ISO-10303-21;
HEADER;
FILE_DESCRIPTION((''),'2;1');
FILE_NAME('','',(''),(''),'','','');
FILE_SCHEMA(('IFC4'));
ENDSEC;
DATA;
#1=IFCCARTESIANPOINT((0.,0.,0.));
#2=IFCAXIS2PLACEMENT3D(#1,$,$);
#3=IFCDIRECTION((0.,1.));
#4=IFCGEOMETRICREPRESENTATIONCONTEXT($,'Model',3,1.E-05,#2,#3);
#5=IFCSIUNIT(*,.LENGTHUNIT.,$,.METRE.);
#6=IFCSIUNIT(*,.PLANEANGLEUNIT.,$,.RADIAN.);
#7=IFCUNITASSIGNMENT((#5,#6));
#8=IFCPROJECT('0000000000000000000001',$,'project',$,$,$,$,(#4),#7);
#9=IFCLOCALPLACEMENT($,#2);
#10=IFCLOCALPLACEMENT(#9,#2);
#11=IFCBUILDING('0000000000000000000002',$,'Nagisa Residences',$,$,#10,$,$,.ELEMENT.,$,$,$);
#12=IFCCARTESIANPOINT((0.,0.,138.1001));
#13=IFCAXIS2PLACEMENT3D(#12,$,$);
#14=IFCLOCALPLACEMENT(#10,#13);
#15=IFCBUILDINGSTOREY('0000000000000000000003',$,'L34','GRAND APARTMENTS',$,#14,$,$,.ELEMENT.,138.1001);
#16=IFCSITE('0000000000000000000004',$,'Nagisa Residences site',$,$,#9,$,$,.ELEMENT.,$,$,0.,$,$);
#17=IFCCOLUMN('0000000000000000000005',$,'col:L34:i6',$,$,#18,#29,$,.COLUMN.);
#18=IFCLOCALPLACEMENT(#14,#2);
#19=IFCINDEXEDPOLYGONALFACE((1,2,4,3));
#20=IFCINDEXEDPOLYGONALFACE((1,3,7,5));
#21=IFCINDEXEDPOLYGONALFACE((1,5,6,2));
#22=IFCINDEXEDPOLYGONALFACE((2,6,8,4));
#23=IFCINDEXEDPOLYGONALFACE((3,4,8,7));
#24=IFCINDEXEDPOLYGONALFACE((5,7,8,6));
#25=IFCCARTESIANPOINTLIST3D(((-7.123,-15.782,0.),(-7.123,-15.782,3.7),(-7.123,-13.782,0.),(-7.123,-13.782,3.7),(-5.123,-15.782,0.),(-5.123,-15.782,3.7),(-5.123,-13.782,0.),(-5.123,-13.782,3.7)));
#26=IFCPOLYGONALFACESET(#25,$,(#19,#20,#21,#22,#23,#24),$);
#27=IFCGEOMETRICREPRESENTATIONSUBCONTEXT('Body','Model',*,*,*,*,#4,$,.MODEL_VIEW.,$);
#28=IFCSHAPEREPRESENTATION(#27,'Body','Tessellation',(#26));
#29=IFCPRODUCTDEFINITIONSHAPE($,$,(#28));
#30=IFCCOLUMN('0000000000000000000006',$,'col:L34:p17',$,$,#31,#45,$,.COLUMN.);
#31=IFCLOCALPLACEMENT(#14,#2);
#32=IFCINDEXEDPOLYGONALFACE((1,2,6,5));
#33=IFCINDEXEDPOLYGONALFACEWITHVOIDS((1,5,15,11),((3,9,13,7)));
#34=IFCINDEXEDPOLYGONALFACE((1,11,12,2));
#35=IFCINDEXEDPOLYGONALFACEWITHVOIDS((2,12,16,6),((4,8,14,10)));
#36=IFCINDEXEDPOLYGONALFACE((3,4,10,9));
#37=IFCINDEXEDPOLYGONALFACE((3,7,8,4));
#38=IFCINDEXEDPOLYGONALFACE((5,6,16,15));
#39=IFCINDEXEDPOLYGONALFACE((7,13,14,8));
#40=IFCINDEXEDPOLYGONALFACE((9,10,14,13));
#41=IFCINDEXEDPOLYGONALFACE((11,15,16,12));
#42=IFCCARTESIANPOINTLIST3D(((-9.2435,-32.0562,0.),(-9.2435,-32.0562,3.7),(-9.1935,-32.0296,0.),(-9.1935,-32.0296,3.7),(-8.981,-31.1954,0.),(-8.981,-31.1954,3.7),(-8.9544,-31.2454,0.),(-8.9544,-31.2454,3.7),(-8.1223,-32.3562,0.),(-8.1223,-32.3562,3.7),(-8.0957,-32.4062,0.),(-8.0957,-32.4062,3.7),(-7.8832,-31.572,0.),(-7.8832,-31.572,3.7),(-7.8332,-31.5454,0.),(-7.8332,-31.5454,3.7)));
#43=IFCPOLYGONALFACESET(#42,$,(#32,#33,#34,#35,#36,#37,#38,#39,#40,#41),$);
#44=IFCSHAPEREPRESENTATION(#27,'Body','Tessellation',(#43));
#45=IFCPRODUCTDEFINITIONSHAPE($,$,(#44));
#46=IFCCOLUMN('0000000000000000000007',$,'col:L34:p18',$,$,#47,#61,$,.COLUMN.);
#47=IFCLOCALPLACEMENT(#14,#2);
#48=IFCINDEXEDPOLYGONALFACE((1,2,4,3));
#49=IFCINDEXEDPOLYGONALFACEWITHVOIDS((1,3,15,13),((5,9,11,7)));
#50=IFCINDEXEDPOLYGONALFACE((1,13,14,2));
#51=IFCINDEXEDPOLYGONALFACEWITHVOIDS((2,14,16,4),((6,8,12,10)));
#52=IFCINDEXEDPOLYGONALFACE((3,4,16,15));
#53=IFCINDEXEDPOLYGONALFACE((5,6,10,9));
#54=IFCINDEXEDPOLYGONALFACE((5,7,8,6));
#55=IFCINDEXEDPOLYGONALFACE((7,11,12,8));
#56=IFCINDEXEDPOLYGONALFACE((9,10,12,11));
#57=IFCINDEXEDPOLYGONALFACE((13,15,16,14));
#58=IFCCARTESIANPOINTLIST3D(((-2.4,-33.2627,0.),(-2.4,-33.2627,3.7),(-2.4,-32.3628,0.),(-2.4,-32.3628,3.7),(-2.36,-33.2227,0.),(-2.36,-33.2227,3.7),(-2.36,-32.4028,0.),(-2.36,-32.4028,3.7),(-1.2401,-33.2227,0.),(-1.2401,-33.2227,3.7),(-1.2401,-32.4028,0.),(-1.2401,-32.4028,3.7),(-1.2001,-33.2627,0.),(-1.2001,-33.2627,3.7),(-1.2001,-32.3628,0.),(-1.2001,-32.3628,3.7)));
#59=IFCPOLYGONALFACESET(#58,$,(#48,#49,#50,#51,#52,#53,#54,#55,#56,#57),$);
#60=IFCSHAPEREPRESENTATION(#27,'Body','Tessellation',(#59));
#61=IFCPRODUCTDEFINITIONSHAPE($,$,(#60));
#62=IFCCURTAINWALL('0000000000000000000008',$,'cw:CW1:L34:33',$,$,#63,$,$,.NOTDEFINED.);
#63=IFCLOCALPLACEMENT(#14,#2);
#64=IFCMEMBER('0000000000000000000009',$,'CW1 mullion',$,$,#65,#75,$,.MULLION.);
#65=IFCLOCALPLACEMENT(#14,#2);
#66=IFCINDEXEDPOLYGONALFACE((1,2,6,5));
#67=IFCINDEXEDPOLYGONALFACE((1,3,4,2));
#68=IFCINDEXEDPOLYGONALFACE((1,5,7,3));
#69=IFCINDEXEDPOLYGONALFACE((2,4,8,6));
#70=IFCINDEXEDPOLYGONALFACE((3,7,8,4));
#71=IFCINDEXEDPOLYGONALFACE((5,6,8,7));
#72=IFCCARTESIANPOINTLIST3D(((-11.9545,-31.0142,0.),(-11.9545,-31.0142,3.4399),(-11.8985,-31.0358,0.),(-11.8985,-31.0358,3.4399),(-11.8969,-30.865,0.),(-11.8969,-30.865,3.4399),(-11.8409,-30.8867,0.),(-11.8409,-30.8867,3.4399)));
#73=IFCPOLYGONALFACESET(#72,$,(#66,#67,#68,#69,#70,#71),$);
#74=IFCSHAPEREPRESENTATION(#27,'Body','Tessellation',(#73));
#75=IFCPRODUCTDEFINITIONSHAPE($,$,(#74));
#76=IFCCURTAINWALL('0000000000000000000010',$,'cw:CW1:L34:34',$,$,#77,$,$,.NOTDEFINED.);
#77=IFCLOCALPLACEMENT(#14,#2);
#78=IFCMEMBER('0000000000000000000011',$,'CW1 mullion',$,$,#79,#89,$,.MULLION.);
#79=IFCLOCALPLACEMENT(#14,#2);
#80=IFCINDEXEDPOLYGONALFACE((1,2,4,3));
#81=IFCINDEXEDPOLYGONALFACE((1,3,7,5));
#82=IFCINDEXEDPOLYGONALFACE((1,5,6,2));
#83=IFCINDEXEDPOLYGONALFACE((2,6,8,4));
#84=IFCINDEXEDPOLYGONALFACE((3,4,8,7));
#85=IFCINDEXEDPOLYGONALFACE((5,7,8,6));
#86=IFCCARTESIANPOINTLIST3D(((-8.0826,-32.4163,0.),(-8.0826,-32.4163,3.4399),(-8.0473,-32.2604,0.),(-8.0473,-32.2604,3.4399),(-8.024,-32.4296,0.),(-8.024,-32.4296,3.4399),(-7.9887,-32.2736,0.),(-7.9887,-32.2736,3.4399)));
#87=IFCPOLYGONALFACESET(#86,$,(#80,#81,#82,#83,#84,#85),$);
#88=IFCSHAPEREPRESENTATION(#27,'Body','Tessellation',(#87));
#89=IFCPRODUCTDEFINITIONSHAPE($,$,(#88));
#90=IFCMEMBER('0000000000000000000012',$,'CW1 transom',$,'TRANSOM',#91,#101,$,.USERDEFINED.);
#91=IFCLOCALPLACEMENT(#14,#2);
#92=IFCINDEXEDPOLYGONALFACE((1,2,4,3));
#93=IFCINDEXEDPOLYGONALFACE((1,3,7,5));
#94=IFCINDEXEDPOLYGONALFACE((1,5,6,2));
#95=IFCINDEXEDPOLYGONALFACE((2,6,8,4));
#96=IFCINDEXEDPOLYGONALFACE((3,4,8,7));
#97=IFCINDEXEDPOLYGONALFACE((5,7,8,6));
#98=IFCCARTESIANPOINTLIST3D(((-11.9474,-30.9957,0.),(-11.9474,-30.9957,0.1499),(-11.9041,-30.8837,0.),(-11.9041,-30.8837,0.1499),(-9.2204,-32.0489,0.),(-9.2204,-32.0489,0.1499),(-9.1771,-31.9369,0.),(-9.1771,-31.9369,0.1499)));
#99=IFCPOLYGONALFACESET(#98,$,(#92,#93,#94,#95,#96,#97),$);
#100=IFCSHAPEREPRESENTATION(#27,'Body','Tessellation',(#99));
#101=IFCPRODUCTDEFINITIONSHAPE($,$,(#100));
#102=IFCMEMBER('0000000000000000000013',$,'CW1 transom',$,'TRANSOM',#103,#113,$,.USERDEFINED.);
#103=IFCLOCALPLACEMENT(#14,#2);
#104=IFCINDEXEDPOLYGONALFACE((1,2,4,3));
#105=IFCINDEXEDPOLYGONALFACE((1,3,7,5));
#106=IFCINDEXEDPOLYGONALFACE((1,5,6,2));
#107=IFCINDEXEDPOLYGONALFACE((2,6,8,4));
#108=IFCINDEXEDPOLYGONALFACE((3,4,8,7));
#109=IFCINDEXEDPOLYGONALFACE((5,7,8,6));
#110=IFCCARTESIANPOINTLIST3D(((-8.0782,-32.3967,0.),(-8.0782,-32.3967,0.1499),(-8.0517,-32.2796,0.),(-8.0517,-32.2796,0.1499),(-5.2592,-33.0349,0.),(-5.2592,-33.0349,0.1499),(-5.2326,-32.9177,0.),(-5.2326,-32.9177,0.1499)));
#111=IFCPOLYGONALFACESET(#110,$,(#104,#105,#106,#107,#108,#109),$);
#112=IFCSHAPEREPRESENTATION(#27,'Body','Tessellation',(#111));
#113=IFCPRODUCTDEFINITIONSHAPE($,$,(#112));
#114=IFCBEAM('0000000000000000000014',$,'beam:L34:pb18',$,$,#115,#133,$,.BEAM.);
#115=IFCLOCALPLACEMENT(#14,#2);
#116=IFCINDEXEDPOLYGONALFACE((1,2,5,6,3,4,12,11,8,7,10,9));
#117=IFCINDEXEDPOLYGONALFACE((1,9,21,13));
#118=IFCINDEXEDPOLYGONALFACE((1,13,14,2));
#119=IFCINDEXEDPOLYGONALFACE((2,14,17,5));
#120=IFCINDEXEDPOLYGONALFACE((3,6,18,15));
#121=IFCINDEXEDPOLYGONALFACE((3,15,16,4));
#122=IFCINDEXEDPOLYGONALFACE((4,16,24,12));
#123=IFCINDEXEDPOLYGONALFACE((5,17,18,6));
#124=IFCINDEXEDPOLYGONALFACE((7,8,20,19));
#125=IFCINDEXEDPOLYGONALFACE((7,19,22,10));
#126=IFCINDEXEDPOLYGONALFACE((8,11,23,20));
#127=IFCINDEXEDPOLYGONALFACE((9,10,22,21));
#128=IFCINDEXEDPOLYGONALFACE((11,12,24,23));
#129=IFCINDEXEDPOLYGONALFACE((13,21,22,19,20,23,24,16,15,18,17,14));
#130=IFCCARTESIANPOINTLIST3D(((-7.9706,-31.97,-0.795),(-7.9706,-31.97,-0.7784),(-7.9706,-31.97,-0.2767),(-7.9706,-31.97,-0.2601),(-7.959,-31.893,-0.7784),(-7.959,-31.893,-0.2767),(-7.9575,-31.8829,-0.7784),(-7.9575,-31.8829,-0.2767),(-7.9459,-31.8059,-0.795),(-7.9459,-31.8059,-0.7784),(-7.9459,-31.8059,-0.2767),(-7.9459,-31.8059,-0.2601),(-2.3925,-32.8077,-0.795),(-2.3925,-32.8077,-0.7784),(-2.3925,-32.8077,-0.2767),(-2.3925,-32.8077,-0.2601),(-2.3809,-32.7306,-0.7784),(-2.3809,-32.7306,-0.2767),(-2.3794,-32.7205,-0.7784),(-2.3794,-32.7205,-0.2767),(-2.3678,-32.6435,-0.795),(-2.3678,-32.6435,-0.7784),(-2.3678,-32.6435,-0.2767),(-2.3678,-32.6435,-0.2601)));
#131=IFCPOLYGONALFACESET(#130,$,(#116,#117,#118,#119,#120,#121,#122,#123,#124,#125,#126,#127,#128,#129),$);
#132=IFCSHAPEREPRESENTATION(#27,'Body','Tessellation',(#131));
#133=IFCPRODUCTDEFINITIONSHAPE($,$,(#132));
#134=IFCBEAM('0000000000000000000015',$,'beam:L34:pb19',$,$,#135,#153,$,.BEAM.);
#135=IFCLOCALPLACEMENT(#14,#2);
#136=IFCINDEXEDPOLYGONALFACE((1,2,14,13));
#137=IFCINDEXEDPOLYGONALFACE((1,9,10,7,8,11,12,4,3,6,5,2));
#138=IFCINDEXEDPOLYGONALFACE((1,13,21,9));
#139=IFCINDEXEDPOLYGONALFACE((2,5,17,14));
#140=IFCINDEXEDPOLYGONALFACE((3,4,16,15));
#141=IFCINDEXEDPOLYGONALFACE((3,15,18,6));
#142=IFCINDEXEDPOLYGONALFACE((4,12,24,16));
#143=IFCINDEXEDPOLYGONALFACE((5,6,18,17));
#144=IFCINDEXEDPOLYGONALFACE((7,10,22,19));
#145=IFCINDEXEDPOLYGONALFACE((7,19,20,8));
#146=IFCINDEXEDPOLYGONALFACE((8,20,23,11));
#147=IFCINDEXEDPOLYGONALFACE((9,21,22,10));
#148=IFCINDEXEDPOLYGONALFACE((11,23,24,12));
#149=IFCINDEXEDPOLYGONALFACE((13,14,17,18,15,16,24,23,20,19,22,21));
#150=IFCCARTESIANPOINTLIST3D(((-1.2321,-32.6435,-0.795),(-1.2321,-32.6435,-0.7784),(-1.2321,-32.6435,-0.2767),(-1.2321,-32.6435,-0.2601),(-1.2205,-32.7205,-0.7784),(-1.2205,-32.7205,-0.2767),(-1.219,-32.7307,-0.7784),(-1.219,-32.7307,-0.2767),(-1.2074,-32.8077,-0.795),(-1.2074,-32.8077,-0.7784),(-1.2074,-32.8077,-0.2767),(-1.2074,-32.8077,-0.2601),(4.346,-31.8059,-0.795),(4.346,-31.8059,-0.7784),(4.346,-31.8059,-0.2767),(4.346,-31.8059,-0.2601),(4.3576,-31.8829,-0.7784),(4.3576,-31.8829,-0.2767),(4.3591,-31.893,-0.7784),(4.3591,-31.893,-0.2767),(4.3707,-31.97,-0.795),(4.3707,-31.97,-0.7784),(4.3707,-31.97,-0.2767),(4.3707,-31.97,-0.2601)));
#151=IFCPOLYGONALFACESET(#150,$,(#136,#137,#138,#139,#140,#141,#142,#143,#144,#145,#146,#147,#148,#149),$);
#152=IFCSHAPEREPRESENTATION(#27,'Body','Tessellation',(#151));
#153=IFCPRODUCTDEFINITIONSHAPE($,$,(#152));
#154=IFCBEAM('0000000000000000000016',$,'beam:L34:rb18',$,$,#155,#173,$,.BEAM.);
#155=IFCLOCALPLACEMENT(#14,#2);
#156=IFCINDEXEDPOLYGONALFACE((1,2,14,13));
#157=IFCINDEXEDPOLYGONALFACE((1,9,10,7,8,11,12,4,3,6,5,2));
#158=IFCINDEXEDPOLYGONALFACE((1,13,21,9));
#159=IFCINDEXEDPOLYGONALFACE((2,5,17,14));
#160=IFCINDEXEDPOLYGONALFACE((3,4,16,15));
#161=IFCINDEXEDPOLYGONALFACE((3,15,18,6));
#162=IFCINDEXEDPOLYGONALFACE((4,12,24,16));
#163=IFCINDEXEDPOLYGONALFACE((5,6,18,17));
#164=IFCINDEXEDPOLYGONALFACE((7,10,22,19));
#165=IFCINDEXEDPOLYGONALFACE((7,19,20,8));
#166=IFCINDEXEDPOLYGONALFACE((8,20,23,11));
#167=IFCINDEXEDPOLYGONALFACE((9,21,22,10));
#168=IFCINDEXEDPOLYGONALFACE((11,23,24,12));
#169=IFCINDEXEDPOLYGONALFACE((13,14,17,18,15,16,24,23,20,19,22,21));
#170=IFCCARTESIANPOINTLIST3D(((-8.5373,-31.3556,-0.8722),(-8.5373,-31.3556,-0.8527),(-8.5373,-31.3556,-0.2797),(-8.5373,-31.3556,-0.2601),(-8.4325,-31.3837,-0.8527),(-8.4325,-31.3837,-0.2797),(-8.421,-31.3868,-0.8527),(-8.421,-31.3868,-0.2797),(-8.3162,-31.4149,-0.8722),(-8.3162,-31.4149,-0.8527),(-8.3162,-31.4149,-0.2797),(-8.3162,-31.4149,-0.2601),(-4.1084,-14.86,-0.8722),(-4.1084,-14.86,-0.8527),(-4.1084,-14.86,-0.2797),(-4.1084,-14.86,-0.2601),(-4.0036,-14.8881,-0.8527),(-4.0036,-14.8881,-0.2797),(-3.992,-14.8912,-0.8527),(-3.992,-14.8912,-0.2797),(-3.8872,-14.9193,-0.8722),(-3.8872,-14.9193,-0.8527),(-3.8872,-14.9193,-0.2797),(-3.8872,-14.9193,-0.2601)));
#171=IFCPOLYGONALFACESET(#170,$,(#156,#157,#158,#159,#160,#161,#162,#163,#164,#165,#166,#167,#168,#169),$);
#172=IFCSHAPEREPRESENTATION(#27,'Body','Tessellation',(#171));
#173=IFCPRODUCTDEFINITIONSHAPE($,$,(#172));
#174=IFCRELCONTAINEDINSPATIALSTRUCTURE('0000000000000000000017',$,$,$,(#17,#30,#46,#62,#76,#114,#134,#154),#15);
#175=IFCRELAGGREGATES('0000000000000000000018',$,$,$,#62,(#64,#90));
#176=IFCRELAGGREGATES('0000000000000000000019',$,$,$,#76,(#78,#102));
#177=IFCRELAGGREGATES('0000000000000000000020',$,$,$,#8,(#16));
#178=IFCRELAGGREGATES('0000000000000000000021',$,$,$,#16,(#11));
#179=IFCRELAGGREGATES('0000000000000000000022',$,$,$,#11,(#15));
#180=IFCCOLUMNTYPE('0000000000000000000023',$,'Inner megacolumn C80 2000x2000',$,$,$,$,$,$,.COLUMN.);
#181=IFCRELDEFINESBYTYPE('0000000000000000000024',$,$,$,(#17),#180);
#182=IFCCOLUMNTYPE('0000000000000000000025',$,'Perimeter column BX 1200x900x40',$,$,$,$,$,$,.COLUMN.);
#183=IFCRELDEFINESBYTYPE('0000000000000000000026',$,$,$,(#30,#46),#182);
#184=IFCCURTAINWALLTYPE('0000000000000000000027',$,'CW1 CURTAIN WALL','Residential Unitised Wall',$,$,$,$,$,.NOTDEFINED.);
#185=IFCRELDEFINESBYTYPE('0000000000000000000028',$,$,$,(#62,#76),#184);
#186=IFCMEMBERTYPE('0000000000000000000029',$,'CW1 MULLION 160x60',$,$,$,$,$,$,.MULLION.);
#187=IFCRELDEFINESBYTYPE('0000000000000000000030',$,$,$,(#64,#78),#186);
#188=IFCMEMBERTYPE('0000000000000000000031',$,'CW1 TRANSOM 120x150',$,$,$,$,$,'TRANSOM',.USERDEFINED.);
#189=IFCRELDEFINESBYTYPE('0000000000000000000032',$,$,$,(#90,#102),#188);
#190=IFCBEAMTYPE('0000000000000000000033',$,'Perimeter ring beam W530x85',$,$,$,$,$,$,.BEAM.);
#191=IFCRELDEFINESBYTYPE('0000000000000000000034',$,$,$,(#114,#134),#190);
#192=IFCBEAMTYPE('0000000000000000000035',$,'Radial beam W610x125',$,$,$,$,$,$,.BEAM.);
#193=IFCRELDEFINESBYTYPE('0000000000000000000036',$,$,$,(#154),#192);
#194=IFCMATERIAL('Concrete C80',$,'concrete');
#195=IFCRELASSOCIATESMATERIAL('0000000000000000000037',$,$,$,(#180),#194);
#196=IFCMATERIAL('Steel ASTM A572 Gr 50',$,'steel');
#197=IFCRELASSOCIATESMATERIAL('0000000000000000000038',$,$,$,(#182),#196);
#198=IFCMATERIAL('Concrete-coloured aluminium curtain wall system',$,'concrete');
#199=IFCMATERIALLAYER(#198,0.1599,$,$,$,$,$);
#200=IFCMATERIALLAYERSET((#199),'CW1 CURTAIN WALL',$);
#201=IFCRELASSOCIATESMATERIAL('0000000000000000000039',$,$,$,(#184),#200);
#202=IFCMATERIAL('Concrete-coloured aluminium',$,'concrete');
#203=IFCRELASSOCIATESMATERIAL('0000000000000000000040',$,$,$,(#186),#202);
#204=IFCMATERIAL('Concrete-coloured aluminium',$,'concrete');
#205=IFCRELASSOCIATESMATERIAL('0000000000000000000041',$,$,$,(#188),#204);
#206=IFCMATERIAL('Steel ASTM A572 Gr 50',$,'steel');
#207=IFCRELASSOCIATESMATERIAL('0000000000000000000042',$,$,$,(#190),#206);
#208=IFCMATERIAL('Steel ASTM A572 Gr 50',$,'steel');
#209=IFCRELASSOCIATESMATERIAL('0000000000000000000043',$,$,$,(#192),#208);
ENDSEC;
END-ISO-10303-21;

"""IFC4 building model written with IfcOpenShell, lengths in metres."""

from ifc_helpers import new_model, si_unit, direction, frame, origin, origin_2d, place, context, subcontext, project, spatial, rectangle, hollow_rectangle, i_section, extrude, material, layer, layer_set, material_profile, profile_set, type_object, element, aggregate, save


model = new_model("IFC4")

# Units and contexts
model_context = context("Model", 3, precision=1e-05, world=origin(), true_north=direction((0.0, 1.0)))
body_context = subcontext(model_context, "Body", "Model", "MODEL_VIEW")
ifc_project = project(units=[si_unit("LENGTHUNIT", "METRE"), si_unit("PLANEANGLEUNIT", "RADIAN")], contexts=[model_context])

# Site, building, storey
site_placement = place(None, origin())
site = spatial("IfcSite", under=ifc_project, at=site_placement, Name="Nagisa Residences site", CompositionType="ELEMENT", RefElevation=0.0)
building_placement = place(site_placement, origin())
building = spatial("IfcBuilding", under=site, at=building_placement, Name="Nagisa Residences", CompositionType="ELEMENT")
storey_placement = place(building_placement, frame((0.0, 0.0, 138.1001)))
storey = spatial("IfcBuildingStorey", under=building, at=storey_placement, Name="L34", Description="GRAND APARTMENTS", CompositionType="ELEMENT", Elevation=138.1001)

# Columns
ifc_material_1 = material(Name="Concrete C80", Category="concrete")
ifc_material_profile_1 = material_profile(ifc_material_1, rectangle(XDim=2.0, YDim=2.0, at=origin_2d()), Name="C80 2000x2000")
ifc_profile_set_1 = profile_set([ifc_material_profile_1], Name="Concrete C80")
column_type_1 = type_object("IfcColumnType", Name="Inner megacolumn C80 2000x2000", PredefinedType="COLUMN", material=ifc_profile_set_1)
column_placement = place(storey_placement, frame((-6.123, -14.782, 0.0), z_axis=(0.0, 0.0, 1.0), x_axis=(1.0, 0.0, 0.0)))
element("IfcColumn", 1, at=column_placement, inside=storey, type_object=column_type_1, Name="col:L34:i6", PredefinedType="COLUMN", context=body_context, shape_type="SweptSolid", body=[
    extrude(rectangle(XDim=2.0, YDim=2.0, at=origin_2d()), origin(), (0.0, 0.0, 1.0), 3.7),
])
ifc_material_2 = material(Name="Steel ASTM A572 Gr 50", Category="steel")
ifc_material_profile_2 = material_profile(ifc_material_2, hollow_rectangle(XDim=1.2, YDim=0.8999, WallThickness=0.04, at=origin_2d()), Name="BX 1200x900x40")
ifc_profile_set_2 = profile_set([ifc_material_profile_2], Name="Steel ASTM A572 Gr 50")
column_type_2 = type_object("IfcColumnType", Name="Perimeter column BX 1200x900x40", PredefinedType="COLUMN", material=ifc_profile_set_2)
for number, where, z_axis, x_axis, name in (
    (2, (-8.5383, -31.8008, 0.0), (0.0, 0.0, 1.0), (0.956525, -0.291652, 0.0), "col:L34:p17"),
    (3, (-1.8, -32.8127, 0.0), (0.0, 0.0, 1.0), (1.0, 0.0, 0.0), "col:L34:p18"),
):
    element("IfcColumn", number, at=place(storey_placement, frame(where, z_axis=z_axis, x_axis=x_axis)), inside=storey, type_object=column_type_2, Name=name, PredefinedType="COLUMN", context=body_context, shape_type="SweptSolid", body=[
        extrude(hollow_rectangle(XDim=1.2, YDim=0.8999, WallThickness=0.04, at=origin_2d()), origin(), (0.0, 0.0, 1.0), 3.7),
    ])

# Curtain walls, members
ifc_material_3 = material(Name="Concrete-coloured aluminium curtain wall system", Category="concrete")
ifc_layer_1 = layer(ifc_material_3, 0.1599)
ifc_layer_set_1 = layer_set([ifc_layer_1], Name="CW1 CURTAIN WALL")
curtain_wall_type = type_object("IfcCurtainWallType", Name="CW1 CURTAIN WALL", Description="Residential Unitised Wall", PredefinedType="NOTDEFINED", material=ifc_layer_set_1)
curtain_wall_1_placement = place(storey_placement, origin())
curtain_wall_1 = element("IfcCurtainWall", 4, at=curtain_wall_1_placement, inside=storey, type_object=curtain_wall_type, Name="cw:CW1:L34:33", PredefinedType="NOTDEFINED")
ifc_material_4 = material(Name="Concrete-coloured aluminium", Category="concrete")
ifc_material_profile_3 = material_profile(ifc_material_4, rectangle(XDim=0.1599, YDim=0.0601, at=origin_2d()), Name="CW1 MULLION 160x60")
ifc_profile_set_3 = profile_set([ifc_material_profile_3], Name="Concrete-coloured aluminium")
member_type_1 = type_object("IfcMemberType", Name="CW1 MULLION 160x60", PredefinedType="MULLION", material=ifc_profile_set_3)
member_1_placement = place(storey_placement, frame((-11.8977, -30.9504, 0.0), z_axis=(0.0, 0.0, 1.0), x_axis=(0.360328, 0.932826, 0.0)))
member_1 = element("IfcMember", 5, at=member_1_placement, type_object=member_type_1, Name="CW1 mullion", PredefinedType="MULLION", context=body_context, shape_type="SweptSolid", body=[
    extrude(rectangle(XDim=0.1599, YDim=0.0601, at=origin_2d()), origin(), (0.0, 0.0, 1.0), 3.4399),
])
curtain_wall_2_placement = place(storey_placement, origin())
curtain_wall_2 = element("IfcCurtainWall", 6, at=curtain_wall_2_placement, inside=storey, type_object=curtain_wall_type, Name="cw:CW1:L34:34", PredefinedType="NOTDEFINED")
member_2_placement = place(storey_placement, frame((-8.0356, -32.345, 0.0), z_axis=(0.0, 0.0, 1.0), x_axis=(0.220764, 0.975327, 0.0)))
member_2 = element("IfcMember", 7, at=member_2_placement, type_object=member_type_1, Name="CW1 mullion", PredefinedType="MULLION", context=body_context, shape_type="SweptSolid", body=[
    extrude(rectangle(XDim=0.1599, YDim=0.0601, at=origin_2d()), origin(), (0.0, 0.0, 1.0), 3.4399),
])

# Members
ifc_material_5 = material(Name="Concrete-coloured aluminium", Category="concrete")
ifc_material_profile_4 = material_profile(ifc_material_5, rectangle(XDim=0.1201, YDim=0.1499, at=origin_2d()), Name="CW1 TRANSOM 120x150")
ifc_profile_set_4 = profile_set([ifc_material_profile_4], Name="Concrete-coloured aluminium")
member_type_2 = type_object("IfcMemberType", Name="CW1 TRANSOM 120x150", ElementType="TRANSOM", PredefinedType="USERDEFINED", material=ifc_profile_set_4)
member_3_placement = place(storey_placement, frame((-11.9258, -30.9397, 0.075), z_axis=(0.932845, -0.360277, 0.0), x_axis=(0.360277, 0.932845, 0.0)))
member_3 = element("IfcMember", 8, at=member_3_placement, type_object=member_type_2, Name="CW1 transom", ObjectType="TRANSOM", PredefinedType="USERDEFINED", context=body_context, shape_type="SweptSolid", body=[
    extrude(rectangle(XDim=0.1201, YDim=0.1499, at=origin_2d()), origin(), (0.0, 0.0, 1.0), 2.9233),
])
member_4_placement = place(storey_placement, frame((-8.0649, -32.3381, 0.075), z_axis=(0.975321, -0.220792, 0.0), x_axis=(0.220792, 0.975321, 0.0)))
member_4 = element("IfcMember", 9, at=member_4_placement, type_object=member_type_2, Name="CW1 transom", ObjectType="TRANSOM", PredefinedType="USERDEFINED", context=body_context, shape_type="SweptSolid", body=[
    extrude(rectangle(XDim=0.1201, YDim=0.1499, at=origin_2d()), origin(), (0.0, 0.0, 1.0), 2.8904),
])

# Beams
ifc_material_6 = material(Name="Steel ASTM A572 Gr 50", Category="steel")
ifc_material_profile_5 = material_profile(ifc_material_6, i_section(OverallWidth=0.166, OverallDepth=0.5349, WebThickness=0.0103, FlangeThickness=0.0166, at=origin_2d()), Name="W530x85")
ifc_profile_set_5 = profile_set([ifc_material_profile_5], Name="Steel ASTM A572 Gr 50")
beam_type_1 = type_object("IfcBeamType", Name="Perimeter ring beam W530x85", PredefinedType="BEAM", material=ifc_profile_set_5)
for number, where, z_axis, x_axis, name in (
    (10, (-7.9583, -31.8879, -0.5276), (0.988912, -0.148501, 0.0), (0.148501, 0.988912, 0.0), "beam:L34:pb18"),
    (11, (-1.2197, -32.7256, -0.5276), (0.988912, 0.148501, 0.0), (-0.148501, 0.988912, 0.0), "beam:L34:pb19"),
):
    element("IfcBeam", number, at=place(storey_placement, frame(where, z_axis=z_axis, x_axis=x_axis)), inside=storey, type_object=beam_type_1, Name=name, PredefinedType="BEAM", context=body_context, shape_type="SweptSolid", body=[
        extrude(i_section(OverallWidth=0.166, OverallDepth=0.5349, WebThickness=0.0103, FlangeThickness=0.0166, at=origin_2d()), origin(), (0.0, 0.0, 1.0), 5.6406),
    ])
ifc_material_7 = material(Name="Steel ASTM A572 Gr 50", Category="steel")
ifc_material_profile_6 = material_profile(ifc_material_7, i_section(OverallWidth=0.229, OverallDepth=0.6121, WebThickness=0.012, FlangeThickness=0.0195, at=origin_2d()), Name="W610x125")
ifc_profile_set_6 = profile_set([ifc_material_profile_6], Name="Steel ASTM A572 Gr 50")
beam_type_2 = type_object("IfcBeamType", Name="Radial beam W610x125", PredefinedType="BEAM", material=ifc_profile_set_6)
beam_1_placement = place(storey_placement, frame((-8.4268, -31.3853, -0.5662), z_axis=(0.259309, 0.965794, 0.0), x_axis=(-0.965794, 0.259309, 0.0)))
element("IfcBeam", 12, at=beam_1_placement, inside=storey, type_object=beam_type_2, Name="beam:L34:rb18", PredefinedType="BEAM", context=body_context, shape_type="SweptSolid", body=[
    extrude(i_section(OverallWidth=0.229, OverallDepth=0.6121, WebThickness=0.012, FlangeThickness=0.0195, at=origin_2d()), origin(), (0.0, 0.0, 1.0), 17.0798),
])

aggregate(curtain_wall_1, [member_1, member_3])
aggregate(curtain_wall_2, [member_2, member_4])

save(model, "model.ifc")
